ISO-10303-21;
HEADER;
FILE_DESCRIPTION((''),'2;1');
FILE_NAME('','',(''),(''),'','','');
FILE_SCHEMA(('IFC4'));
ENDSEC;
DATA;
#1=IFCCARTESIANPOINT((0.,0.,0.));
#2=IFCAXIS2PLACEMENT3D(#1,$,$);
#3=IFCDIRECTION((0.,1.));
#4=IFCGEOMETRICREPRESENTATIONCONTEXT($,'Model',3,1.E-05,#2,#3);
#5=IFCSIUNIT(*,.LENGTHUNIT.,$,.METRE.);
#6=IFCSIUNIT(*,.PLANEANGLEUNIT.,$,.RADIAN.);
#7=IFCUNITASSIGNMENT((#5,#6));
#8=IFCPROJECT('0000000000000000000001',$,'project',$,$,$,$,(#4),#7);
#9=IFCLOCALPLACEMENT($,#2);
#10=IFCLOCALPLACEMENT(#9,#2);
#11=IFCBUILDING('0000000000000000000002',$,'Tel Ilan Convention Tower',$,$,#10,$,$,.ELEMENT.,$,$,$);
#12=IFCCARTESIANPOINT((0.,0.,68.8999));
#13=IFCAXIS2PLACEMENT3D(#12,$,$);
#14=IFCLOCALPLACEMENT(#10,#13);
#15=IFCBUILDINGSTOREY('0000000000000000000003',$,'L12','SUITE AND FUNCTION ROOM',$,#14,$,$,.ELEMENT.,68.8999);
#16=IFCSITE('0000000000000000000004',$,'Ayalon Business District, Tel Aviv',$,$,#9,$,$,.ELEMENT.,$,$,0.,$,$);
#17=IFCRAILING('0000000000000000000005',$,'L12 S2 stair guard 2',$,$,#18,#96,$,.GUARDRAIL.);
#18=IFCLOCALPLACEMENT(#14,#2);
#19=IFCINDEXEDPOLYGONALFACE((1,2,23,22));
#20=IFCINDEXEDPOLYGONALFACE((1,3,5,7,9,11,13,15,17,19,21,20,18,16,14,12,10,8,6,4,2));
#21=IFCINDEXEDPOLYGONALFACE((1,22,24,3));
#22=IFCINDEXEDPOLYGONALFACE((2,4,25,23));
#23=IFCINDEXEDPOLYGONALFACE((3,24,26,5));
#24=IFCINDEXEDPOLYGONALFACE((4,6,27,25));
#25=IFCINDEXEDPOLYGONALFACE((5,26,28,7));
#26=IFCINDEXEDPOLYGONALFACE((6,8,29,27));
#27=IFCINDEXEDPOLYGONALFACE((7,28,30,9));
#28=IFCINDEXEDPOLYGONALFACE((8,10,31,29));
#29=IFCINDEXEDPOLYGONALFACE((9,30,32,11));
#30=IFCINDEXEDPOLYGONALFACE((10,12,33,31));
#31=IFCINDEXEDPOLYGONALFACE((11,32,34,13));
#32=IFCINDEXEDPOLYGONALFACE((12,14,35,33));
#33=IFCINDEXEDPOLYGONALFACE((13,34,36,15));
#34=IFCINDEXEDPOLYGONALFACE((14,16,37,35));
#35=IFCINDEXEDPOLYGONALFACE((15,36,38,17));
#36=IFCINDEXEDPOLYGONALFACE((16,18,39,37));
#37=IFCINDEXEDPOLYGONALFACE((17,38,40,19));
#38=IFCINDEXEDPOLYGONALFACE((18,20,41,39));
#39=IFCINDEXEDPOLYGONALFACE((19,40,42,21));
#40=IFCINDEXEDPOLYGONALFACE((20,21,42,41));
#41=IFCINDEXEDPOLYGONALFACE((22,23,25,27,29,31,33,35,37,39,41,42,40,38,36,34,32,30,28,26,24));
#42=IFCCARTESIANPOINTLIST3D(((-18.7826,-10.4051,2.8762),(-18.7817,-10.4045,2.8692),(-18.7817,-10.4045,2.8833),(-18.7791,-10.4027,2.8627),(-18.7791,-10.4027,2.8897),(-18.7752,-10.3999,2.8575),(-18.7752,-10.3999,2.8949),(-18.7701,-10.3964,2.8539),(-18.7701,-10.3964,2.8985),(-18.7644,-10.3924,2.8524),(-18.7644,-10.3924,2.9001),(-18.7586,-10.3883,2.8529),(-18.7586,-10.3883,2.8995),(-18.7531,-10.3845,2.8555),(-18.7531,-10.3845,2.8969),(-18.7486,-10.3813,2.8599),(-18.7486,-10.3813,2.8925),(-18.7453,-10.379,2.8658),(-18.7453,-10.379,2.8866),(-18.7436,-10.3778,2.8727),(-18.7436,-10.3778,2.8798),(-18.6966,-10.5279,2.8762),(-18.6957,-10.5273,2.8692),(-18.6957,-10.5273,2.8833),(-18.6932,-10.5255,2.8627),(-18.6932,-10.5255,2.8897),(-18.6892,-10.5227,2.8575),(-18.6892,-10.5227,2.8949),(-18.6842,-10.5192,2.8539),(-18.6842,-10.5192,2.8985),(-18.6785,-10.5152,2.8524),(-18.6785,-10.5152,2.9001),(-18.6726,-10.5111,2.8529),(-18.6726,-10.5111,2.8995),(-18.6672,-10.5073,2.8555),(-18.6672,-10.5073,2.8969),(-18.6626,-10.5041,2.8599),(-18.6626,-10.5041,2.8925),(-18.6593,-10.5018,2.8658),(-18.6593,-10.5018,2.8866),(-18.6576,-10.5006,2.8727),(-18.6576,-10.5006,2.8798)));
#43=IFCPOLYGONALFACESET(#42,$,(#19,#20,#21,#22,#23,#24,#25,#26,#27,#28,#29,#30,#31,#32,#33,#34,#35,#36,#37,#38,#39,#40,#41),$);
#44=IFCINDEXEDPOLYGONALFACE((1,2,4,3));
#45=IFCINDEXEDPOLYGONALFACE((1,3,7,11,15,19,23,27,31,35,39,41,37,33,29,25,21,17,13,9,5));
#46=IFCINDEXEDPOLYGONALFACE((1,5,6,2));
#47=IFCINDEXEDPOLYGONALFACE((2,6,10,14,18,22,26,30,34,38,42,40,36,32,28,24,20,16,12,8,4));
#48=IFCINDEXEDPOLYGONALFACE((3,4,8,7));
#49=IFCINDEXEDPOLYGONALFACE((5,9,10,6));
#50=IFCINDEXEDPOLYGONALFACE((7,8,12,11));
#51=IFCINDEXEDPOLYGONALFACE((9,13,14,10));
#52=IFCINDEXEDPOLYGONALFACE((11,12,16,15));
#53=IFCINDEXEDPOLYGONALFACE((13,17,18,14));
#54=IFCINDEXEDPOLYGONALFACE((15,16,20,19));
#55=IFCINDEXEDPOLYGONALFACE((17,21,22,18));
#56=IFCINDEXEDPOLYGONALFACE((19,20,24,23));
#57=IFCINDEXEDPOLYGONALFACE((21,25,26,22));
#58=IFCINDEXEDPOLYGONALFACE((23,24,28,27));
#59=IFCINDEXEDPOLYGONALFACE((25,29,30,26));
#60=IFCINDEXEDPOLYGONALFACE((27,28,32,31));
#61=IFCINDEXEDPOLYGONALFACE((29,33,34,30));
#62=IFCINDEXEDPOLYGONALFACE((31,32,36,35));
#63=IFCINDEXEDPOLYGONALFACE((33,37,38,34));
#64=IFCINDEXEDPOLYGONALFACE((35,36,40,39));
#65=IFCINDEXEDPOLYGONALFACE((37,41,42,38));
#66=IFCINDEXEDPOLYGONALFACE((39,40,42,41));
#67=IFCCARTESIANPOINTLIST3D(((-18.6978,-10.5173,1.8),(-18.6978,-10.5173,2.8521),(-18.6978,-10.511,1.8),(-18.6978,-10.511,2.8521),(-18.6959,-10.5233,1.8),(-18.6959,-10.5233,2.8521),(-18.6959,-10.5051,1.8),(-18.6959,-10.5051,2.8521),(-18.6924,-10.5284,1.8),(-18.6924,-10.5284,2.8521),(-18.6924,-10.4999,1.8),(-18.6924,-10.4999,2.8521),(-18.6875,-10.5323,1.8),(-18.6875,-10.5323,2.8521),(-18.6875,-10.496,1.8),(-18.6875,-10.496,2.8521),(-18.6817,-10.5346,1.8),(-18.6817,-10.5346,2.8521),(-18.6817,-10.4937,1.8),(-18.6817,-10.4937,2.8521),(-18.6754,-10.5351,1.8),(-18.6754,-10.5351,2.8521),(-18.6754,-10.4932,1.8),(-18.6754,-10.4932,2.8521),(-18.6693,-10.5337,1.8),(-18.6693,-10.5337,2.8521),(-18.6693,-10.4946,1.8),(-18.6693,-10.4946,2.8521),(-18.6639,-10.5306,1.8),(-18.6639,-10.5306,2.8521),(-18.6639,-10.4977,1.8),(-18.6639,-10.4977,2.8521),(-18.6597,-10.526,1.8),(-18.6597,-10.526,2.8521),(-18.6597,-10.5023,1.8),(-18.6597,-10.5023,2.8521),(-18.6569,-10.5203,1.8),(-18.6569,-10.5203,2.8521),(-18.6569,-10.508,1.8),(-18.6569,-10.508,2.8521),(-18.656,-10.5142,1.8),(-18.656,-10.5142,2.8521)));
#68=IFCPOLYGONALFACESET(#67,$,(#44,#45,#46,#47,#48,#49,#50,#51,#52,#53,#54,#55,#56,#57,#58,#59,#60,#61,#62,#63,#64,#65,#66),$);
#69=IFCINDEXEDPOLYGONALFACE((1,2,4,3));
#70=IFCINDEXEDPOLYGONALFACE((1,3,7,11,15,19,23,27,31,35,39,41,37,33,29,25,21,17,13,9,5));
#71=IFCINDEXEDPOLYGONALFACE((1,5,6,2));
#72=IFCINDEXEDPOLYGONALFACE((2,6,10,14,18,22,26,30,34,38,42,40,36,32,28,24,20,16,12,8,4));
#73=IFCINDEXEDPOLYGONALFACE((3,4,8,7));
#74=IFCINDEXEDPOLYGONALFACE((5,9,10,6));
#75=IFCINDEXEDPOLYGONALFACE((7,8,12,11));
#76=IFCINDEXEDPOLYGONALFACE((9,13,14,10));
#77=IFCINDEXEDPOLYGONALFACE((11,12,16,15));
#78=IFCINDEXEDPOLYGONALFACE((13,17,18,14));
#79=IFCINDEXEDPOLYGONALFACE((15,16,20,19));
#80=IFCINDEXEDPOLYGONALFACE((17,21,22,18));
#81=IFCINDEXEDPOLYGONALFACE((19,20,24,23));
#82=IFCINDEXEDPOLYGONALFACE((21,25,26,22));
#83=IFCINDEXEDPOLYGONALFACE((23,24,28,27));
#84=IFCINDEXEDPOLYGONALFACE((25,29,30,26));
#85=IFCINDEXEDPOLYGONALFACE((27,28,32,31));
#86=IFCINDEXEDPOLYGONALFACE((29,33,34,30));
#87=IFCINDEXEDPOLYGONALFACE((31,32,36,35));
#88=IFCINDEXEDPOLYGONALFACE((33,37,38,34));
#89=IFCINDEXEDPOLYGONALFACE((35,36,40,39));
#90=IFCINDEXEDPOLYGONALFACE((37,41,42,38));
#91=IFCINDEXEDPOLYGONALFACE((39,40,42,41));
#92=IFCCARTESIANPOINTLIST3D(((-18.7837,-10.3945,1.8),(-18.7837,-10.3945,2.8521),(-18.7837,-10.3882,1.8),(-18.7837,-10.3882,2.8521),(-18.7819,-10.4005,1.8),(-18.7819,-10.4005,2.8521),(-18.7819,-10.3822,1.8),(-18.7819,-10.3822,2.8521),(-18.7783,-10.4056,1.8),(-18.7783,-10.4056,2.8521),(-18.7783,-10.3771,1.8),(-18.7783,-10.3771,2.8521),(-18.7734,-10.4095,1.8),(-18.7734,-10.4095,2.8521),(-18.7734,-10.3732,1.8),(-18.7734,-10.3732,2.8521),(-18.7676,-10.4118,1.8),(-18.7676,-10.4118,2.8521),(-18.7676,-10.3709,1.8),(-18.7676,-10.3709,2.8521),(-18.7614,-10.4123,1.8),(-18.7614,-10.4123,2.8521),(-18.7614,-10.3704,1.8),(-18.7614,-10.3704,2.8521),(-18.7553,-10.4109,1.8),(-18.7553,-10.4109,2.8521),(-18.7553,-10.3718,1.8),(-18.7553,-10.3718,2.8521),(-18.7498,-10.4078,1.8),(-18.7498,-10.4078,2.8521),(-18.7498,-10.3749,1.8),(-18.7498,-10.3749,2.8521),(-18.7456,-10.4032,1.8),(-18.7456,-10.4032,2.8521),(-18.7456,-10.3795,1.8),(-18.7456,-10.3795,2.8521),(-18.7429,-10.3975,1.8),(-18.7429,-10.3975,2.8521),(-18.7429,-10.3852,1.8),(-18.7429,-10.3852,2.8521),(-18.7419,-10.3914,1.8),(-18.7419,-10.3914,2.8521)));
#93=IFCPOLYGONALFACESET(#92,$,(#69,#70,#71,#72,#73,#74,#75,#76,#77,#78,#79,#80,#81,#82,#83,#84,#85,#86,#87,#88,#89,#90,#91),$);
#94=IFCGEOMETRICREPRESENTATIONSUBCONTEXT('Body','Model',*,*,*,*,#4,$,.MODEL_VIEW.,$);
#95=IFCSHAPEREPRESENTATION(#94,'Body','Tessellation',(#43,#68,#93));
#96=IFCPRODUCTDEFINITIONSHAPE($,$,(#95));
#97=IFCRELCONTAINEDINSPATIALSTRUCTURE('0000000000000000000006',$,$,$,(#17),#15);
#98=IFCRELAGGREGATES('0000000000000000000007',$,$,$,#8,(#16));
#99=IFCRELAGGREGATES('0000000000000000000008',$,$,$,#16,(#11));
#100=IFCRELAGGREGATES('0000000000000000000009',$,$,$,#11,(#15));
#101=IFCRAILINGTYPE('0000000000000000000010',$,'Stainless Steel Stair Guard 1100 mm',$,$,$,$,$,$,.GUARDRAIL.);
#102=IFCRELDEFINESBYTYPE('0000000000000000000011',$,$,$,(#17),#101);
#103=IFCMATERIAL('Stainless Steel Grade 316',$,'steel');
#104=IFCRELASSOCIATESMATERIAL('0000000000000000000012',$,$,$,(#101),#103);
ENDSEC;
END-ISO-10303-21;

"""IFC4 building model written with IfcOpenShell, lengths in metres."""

from ifc_helpers import new_model, si_unit, direction, frame, origin, origin_2d, place, context, subcontext, project, spatial, circle, extrude, material, type_object, element, save


model = new_model("IFC4")

# Units and contexts
model_context = context("Model", 3, precision=1e-05, world=origin(), true_north=direction((0.0, 1.0)))
body_context = subcontext(model_context, "Body", "Model", "MODEL_VIEW")
ifc_project = project(units=[si_unit("LENGTHUNIT", "METRE"), si_unit("PLANEANGLEUNIT", "RADIAN")], contexts=[model_context])

# Site, building, storey
site_placement = place(None, origin())
site = spatial("IfcSite", under=ifc_project, at=site_placement, Name="Ayalon Business District, Tel Aviv", CompositionType="ELEMENT", RefElevation=0.0)
building_placement = place(site_placement, origin())
building = spatial("IfcBuilding", under=site, at=building_placement, Name="Tel Ilan Convention Tower", CompositionType="ELEMENT")
storey_placement = place(building_placement, frame((0.0, 0.0, 68.8999)))
storey = spatial("IfcBuildingStorey", under=building, at=storey_placement, Name="L12", Description="SUITE AND FUNCTION ROOM", CompositionType="ELEMENT", Elevation=68.8999)

# Railing
ifc_material_1 = material(Name="Stainless Steel Grade 316", Category="steel")
railing_type_1 = type_object("IfcRailingType", Name="Stainless Steel Stair Guard 1100 mm", PredefinedType="GUARDRAIL", material=ifc_material_1)
railing_1_placement = place(storey_placement, frame((-18.677, -10.5142, 1.8)))
element("IfcRailing", 1, at=railing_1_placement, inside=storey, type_object=railing_type_1, Name="L12 S2 stair guard 2", PredefinedType="GUARDRAIL", context=body_context, shape_type="SweptSolid", body=[
    extrude(circle(Radius=0.0239, at=origin_2d()), frame((0.0, 0.0, 1.0762), z_axis=(-0.573353, 0.819308, 0.0), x_axis=(-0.819308, -0.573353, 0.0)), (0.0, 0.0, 1.0), 0.1499),
    extrude(circle(Radius=0.021, at=origin_2d()), origin(), (0.0, 0.0, 1.0), 1.052),
    extrude(circle(Radius=0.021, at=origin_2d()), frame((-0.0859, 0.1228, 0.0)), (0.0, 0.0, 1.0), 1.052),
])

save(model, "model.ifc")
